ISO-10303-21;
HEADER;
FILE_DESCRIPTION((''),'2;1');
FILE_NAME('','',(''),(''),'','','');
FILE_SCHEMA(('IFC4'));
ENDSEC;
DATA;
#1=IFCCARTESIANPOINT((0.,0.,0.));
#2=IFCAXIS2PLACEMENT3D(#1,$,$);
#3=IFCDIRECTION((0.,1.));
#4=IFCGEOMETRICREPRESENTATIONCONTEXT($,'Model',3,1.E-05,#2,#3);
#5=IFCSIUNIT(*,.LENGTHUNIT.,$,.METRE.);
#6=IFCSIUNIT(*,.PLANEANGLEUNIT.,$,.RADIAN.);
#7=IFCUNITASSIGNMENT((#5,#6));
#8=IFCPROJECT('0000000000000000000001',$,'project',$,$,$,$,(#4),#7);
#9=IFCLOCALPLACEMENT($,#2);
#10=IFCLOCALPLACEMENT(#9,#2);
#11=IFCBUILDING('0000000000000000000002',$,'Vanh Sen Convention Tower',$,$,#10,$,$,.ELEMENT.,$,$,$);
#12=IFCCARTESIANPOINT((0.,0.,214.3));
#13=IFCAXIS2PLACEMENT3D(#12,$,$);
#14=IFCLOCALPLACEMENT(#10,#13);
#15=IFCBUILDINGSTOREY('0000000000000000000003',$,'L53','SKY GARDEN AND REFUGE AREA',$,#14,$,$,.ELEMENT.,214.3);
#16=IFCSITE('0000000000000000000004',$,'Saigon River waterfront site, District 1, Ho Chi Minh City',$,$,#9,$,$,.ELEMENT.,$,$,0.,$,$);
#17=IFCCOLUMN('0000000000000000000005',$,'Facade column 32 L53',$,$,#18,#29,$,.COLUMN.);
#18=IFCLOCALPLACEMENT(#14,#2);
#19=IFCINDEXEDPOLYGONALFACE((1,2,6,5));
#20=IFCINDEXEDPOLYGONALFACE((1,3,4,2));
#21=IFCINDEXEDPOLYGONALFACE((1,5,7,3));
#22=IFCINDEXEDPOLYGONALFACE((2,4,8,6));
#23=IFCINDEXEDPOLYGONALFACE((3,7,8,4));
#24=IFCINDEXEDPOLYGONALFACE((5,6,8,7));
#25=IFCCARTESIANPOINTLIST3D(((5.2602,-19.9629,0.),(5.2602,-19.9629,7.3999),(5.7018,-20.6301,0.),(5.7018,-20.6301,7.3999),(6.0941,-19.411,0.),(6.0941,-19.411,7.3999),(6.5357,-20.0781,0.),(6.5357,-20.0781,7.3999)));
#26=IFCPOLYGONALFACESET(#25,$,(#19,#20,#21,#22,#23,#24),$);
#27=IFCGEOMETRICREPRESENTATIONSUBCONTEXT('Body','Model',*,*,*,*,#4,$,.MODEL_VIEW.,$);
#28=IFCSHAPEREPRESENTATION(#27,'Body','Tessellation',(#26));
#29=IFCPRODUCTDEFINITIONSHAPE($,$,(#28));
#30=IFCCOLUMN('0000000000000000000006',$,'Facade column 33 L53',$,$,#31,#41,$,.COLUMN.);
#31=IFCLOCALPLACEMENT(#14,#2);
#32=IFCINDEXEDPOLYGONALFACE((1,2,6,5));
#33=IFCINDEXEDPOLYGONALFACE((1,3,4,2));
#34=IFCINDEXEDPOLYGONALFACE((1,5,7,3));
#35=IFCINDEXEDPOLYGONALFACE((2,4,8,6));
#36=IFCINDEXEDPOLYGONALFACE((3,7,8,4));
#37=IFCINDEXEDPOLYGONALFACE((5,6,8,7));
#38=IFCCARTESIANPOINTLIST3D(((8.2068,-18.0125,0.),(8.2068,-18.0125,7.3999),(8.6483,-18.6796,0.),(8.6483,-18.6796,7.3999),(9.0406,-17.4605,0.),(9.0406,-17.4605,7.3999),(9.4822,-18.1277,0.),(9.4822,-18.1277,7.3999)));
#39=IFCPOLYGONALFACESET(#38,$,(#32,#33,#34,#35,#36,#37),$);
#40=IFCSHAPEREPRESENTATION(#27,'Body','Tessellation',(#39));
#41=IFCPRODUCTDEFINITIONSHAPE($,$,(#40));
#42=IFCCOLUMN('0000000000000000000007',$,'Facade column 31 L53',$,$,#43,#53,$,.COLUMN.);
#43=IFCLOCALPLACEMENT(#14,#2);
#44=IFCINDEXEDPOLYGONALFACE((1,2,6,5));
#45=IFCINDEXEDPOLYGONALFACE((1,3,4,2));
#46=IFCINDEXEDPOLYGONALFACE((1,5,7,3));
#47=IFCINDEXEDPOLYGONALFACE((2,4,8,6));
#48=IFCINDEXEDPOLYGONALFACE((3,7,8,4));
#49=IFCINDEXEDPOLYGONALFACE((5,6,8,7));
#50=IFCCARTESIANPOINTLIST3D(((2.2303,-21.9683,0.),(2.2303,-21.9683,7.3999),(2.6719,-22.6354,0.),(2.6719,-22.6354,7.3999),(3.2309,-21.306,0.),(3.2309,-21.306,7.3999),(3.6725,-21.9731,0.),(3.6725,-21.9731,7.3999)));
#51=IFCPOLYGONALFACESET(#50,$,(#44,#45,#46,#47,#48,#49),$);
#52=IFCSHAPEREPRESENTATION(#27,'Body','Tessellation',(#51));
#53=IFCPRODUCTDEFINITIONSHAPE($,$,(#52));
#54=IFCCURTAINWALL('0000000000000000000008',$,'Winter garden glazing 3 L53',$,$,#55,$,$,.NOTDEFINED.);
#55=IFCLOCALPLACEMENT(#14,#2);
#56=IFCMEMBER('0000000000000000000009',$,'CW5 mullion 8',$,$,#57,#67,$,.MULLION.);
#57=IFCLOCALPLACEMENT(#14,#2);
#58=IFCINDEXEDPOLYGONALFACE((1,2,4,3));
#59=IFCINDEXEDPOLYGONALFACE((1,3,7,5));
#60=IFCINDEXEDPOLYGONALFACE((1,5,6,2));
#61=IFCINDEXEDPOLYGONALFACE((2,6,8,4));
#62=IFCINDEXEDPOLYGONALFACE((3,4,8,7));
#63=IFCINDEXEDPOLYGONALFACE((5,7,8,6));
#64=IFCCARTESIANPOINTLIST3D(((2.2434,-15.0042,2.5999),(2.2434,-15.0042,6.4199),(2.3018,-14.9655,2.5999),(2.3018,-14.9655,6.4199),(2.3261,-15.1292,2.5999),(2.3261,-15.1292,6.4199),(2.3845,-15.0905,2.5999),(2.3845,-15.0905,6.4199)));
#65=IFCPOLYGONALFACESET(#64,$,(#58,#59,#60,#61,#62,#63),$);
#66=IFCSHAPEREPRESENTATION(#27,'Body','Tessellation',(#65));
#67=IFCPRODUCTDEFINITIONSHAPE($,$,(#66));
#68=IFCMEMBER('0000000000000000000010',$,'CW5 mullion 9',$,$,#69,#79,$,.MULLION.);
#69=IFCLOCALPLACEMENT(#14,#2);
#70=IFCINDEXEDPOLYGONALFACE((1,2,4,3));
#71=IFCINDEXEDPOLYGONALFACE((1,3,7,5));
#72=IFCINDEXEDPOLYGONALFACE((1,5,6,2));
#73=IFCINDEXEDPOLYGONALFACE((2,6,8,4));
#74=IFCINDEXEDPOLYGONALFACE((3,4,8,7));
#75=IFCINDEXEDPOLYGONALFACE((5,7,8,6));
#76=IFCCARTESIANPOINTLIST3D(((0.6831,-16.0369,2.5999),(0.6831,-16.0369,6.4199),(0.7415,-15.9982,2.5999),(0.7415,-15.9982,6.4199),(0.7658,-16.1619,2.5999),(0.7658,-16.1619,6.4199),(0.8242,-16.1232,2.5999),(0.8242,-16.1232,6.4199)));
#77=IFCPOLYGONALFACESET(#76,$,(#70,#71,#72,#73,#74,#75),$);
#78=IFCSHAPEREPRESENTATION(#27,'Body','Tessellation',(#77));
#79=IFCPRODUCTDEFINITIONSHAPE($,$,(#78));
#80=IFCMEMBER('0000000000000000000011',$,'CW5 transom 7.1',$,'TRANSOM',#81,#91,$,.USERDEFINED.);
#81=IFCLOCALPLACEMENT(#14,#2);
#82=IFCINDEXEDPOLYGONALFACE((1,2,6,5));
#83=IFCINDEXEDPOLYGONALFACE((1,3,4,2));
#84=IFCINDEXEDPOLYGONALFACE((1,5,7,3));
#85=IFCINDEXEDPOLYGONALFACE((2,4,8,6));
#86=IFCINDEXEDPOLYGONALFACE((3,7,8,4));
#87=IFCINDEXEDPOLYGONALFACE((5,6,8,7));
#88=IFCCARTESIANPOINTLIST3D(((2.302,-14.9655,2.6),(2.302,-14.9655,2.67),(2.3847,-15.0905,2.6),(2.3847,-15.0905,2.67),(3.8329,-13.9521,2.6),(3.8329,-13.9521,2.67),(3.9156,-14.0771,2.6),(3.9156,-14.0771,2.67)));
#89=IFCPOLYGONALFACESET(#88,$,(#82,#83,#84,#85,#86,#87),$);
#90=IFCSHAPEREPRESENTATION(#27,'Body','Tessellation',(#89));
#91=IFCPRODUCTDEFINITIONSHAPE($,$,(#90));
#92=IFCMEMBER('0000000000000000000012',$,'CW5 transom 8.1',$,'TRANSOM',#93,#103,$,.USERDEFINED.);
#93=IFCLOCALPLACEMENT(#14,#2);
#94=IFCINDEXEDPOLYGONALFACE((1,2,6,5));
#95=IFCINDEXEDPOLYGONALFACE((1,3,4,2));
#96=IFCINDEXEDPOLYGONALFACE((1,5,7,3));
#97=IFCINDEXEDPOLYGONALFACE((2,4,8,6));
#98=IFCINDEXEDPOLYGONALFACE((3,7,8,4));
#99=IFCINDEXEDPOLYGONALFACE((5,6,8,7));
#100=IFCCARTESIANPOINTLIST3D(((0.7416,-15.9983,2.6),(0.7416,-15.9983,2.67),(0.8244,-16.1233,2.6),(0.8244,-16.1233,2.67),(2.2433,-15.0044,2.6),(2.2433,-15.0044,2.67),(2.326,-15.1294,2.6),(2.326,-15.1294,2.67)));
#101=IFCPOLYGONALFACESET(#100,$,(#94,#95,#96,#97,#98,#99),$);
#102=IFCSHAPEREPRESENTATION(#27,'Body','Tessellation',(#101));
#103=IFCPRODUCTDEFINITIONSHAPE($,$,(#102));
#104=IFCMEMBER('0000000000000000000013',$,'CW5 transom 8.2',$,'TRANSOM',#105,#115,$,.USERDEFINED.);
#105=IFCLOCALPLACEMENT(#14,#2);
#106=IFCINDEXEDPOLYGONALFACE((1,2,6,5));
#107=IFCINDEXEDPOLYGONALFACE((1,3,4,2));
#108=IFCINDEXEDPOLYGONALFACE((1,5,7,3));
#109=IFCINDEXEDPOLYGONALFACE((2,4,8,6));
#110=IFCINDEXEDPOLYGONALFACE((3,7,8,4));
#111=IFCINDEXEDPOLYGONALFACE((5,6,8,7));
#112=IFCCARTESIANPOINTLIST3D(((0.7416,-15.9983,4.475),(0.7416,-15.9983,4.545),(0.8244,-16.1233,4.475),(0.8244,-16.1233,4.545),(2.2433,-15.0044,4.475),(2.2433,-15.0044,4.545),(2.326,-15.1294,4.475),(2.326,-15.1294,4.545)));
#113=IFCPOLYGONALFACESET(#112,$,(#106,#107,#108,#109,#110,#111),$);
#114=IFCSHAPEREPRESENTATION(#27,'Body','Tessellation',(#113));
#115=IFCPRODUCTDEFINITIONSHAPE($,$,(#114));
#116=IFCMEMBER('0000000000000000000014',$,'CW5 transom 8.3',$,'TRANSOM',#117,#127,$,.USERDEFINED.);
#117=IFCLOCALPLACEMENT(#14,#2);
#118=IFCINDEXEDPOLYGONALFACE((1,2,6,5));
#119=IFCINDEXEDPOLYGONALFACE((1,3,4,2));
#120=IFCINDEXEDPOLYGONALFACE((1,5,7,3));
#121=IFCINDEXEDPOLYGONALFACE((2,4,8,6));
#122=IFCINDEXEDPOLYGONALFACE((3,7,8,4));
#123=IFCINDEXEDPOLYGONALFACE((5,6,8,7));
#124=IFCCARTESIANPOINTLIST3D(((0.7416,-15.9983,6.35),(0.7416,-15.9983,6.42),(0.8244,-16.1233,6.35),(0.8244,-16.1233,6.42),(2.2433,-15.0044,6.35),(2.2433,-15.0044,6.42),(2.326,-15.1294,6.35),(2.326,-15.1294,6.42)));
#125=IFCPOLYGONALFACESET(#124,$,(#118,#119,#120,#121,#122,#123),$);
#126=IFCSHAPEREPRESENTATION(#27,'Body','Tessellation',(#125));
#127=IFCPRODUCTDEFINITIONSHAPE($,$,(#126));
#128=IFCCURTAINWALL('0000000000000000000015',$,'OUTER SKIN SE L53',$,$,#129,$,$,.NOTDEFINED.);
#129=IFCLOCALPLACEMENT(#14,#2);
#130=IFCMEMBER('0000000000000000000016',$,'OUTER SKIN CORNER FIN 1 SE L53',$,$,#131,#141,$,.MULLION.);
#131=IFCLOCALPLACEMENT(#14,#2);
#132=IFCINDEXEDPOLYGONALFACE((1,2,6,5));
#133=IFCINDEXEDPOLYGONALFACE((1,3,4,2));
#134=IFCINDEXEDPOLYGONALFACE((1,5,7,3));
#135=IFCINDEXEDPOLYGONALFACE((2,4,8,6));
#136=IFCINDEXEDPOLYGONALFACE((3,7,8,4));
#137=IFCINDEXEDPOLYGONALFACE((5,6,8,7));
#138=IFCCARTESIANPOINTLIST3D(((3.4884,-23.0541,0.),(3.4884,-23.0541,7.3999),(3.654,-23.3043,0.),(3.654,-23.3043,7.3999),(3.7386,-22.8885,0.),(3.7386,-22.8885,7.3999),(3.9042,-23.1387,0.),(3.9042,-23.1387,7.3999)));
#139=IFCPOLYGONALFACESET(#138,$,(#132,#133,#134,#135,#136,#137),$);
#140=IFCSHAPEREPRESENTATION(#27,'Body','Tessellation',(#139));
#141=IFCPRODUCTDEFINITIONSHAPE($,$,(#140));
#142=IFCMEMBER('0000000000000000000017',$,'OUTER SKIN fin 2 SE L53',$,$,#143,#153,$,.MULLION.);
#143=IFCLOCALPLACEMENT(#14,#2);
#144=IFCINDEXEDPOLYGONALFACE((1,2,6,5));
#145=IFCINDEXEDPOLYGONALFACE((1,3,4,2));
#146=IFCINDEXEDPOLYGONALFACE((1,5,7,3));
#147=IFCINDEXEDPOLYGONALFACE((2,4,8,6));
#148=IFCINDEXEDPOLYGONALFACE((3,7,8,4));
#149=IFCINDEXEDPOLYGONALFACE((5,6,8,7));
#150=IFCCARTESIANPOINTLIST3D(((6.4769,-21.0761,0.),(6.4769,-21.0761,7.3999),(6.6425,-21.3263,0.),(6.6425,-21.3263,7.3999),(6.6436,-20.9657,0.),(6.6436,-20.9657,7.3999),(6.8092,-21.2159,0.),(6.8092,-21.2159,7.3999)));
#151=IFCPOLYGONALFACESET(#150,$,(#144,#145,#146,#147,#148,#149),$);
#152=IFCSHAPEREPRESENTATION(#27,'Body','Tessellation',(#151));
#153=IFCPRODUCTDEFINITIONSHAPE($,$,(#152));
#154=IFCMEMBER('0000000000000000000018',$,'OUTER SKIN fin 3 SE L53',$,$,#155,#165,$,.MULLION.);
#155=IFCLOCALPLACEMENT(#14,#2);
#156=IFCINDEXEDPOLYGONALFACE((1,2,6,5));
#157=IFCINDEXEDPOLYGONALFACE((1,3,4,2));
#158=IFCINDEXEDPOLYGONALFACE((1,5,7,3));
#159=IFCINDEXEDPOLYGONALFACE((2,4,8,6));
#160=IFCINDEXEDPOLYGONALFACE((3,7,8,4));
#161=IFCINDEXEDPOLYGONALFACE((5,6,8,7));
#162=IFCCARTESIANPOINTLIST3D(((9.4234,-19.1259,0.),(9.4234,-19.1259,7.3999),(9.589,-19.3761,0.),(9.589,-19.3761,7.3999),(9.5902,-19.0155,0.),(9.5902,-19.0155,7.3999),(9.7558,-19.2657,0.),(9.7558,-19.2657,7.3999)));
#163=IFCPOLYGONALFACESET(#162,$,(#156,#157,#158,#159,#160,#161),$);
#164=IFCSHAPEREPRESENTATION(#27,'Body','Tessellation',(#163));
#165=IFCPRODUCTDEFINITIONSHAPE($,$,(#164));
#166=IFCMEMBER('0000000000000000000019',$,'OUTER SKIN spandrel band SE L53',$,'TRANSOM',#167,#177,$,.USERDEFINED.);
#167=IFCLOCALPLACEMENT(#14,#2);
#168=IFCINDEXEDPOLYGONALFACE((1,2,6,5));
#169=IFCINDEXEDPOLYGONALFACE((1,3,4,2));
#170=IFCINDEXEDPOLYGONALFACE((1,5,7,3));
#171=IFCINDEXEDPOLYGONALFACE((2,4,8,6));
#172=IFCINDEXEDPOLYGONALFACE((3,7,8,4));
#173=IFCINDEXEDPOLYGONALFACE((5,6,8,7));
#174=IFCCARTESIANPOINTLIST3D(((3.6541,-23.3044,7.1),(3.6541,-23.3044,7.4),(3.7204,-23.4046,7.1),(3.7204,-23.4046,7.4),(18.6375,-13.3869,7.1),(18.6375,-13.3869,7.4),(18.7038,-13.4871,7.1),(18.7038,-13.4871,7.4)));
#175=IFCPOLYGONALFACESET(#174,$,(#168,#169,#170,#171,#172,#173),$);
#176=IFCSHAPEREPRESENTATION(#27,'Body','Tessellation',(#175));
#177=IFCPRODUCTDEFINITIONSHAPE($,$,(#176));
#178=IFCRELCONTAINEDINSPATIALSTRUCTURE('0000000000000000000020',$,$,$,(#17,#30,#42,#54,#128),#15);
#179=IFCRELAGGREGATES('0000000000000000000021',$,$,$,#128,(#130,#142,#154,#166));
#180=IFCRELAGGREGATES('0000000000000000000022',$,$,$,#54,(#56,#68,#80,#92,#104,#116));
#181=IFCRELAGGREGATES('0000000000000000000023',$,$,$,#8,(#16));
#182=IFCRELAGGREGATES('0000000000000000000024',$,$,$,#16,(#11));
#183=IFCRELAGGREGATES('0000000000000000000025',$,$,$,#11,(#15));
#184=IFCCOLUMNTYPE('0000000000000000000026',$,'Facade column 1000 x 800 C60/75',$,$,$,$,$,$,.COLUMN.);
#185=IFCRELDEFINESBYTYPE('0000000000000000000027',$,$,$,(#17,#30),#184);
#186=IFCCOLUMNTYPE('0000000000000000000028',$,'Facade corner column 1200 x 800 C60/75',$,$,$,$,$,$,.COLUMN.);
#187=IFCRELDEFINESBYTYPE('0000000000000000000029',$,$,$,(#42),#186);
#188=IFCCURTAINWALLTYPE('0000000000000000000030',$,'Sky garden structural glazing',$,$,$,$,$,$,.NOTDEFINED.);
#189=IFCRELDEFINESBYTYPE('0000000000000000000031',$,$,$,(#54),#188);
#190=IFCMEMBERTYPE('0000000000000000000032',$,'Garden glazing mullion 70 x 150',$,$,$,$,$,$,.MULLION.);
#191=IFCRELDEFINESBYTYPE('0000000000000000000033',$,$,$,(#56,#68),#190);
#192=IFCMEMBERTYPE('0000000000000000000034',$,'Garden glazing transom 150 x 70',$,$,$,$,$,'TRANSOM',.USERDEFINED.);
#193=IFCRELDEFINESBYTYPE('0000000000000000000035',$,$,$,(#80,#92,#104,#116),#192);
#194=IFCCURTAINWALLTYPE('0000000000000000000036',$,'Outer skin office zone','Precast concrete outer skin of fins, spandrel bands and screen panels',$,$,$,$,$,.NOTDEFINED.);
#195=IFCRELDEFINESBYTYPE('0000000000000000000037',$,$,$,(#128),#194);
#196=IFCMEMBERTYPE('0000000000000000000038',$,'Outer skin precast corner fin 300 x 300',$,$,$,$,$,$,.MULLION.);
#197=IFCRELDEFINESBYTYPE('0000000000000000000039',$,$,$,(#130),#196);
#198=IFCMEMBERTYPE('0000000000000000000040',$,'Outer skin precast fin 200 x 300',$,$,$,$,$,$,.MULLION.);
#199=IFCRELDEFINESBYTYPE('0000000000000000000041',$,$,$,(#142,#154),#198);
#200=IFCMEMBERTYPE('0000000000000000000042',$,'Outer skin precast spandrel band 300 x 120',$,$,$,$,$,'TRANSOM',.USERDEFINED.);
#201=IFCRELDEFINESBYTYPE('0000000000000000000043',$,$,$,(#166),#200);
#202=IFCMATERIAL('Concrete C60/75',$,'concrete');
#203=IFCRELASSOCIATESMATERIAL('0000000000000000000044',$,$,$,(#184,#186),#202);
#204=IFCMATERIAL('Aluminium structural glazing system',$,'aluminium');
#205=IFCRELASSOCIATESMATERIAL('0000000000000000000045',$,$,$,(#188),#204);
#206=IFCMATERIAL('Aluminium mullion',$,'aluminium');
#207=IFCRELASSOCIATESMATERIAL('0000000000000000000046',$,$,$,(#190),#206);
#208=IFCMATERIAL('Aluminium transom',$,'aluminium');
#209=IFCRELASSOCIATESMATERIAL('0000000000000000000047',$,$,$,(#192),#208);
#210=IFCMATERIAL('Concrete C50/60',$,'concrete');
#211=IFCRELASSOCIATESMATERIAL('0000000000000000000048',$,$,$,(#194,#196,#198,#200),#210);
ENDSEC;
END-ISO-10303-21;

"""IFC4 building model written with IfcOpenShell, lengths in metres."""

from ifc_helpers import new_model, si_unit, direction, frame, origin, origin_2d, place, context, subcontext, project, spatial, rectangle, extrude, material, material_profile, profile_set, type_object, element, aggregate, save


model = new_model("IFC4")

# Units and contexts
model_context = context("Model", 3, precision=1e-05, world=origin(), true_north=direction((0.0, 1.0)))
body_context = subcontext(model_context, "Body", "Model", "MODEL_VIEW")
ifc_project = project(units=[si_unit("LENGTHUNIT", "METRE"), si_unit("PLANEANGLEUNIT", "RADIAN")], contexts=[model_context])

# Site, building, storey
site_placement = place(None, origin())
site = spatial("IfcSite", under=ifc_project, at=site_placement, Name="Saigon River waterfront site, District 1, Ho Chi Minh City", CompositionType="ELEMENT", RefElevation=0.0)
building_placement = place(site_placement, origin())
building = spatial("IfcBuilding", under=site, at=building_placement, Name="Vanh Sen Convention Tower", CompositionType="ELEMENT")
storey_placement = place(building_placement, frame((0.0, 0.0, 214.3)))
storey = spatial("IfcBuildingStorey", under=building, at=storey_placement, Name="L53", Description="SKY GARDEN AND REFUGE AREA", CompositionType="ELEMENT", Elevation=214.3)

# Columns
ifc_material_1 = material(Name="Concrete C60/75", Category="concrete")
ifc_material_profile_1 = material_profile(ifc_material_1, rectangle(XDim=1.0, YDim=0.8, at=origin_2d()), Name="RC 1000X800")
ifc_profile_set_1 = profile_set([ifc_material_profile_1], Name="Concrete C60/75")
column_type_1 = type_object("IfcColumnType", Name="Facade column 1000 x 800 C60/75", PredefinedType="COLUMN", material=ifc_profile_set_1)
for number, where, z_axis, x_axis, name in (
    (1, (5.8979, -20.0205, 0.0), (0.0, 0.0, 1.0), (0.833886, 0.551937, 0.0), "Facade column 32 L53"),
    (2, (8.8445, -18.0701, 0.0), (0.0, 0.0, 1.0), (0.833886, 0.551937, 0.0), "Facade column 33 L53"),
):
    element("IfcColumn", number, at=place(storey_placement, frame(where, z_axis=z_axis, x_axis=x_axis)), inside=storey, type_object=column_type_1, Name=name, PredefinedType="COLUMN", context=body_context, shape_type="SweptSolid", body=[
        extrude(rectangle(XDim=1.0, YDim=0.8, at=origin_2d()), origin(), (0.0, 0.0, 1.0), 7.3999),
    ])
ifc_material_profile_2 = material_profile(ifc_material_1, rectangle(XDim=1.2, YDim=0.8, at=origin_2d()), Name="RC 1200X800")
ifc_profile_set_2 = profile_set([ifc_material_profile_2], Name="Concrete C60/75")
column_type_2 = type_object("IfcColumnType", Name="Facade corner column 1200 x 800 C60/75", PredefinedType="COLUMN", material=ifc_profile_set_2)
column_placement = place(storey_placement, frame((2.9514, -21.9707, 0.0), z_axis=(0.0, 0.0, 1.0), x_axis=(0.833886, 0.551937, 0.0)))
element("IfcColumn", 3, at=column_placement, inside=storey, type_object=column_type_2, Name="Facade column 31 L53", PredefinedType="COLUMN", context=body_context, shape_type="SweptSolid", body=[
    extrude(rectangle(XDim=1.2, YDim=0.8, at=origin_2d()), origin(), (0.0, 0.0, 1.0), 7.3999),
])

# Curtain walls, members
ifc_material_2 = material(Name="Aluminium structural glazing system", Category="aluminium")
curtain_wall_type_1 = type_object("IfcCurtainWallType", Name="Sky garden structural glazing", PredefinedType="NOTDEFINED", material=ifc_material_2)
curtain_wall_1_placement = place(storey_placement, origin())
curtain_wall_1 = element("IfcCurtainWall", 4, at=curtain_wall_1_placement, inside=storey, type_object=curtain_wall_type_1, Name="Winter garden glazing 3 L53", PredefinedType="NOTDEFINED")
ifc_material_3 = material(Name="Aluminium mullion", Category="aluminium")
ifc_material_profile_3 = material_profile(ifc_material_3, rectangle(XDim=0.1499, YDim=0.0701, at=origin_2d()), Name="Garden glazing mullion 70 x 150")
ifc_profile_set_3 = profile_set([ifc_material_profile_3], Name="Aluminium mullion")
member_type_1 = type_object("IfcMemberType", Name="Garden glazing mullion 70 x 150", PredefinedType="MULLION", material=ifc_profile_set_3)
member_1_placement = place(storey_placement, frame((2.314, -15.0474, 2.5999), z_axis=(0.0, 0.0, 1.0), x_axis=(0.551932, -0.833889, 0.0)))
member_1 = element("IfcMember", 5, at=member_1_placement, type_object=member_type_1, Name="CW5 mullion 8", PredefinedType="MULLION", context=body_context, shape_type="SweptSolid", body=[
    extrude(rectangle(XDim=0.1499, YDim=0.0701, at=origin_2d()), origin(), (0.0, 0.0, 1.0), 3.8201),
])
member_2_placement = place(storey_placement, frame((0.7537, -16.0801, 2.5999), z_axis=(0.0, 0.0, 1.0), x_axis=(0.551932, -0.833889, 0.0)))
member_2 = element("IfcMember", 6, at=member_2_placement, type_object=member_type_1, Name="CW5 mullion 9", PredefinedType="MULLION", context=body_context, shape_type="SweptSolid", body=[
    extrude(rectangle(XDim=0.1499, YDim=0.0701, at=origin_2d()), origin(), (0.0, 0.0, 1.0), 3.8201),
])
ifc_material_4 = material(Name="Aluminium transom", Category="aluminium")
ifc_material_profile_4 = material_profile(ifc_material_4, rectangle(XDim=0.1499, YDim=0.0701, at=origin_2d()), Name="Garden glazing transom 150 x 70")
ifc_profile_set_4 = profile_set([ifc_material_profile_4], Name="Aluminium transom")
member_type_2 = type_object("IfcMemberType", Name="Garden glazing transom 150 x 70", ElementType="TRANSOM", PredefinedType="USERDEFINED", material=ifc_profile_set_4)
member_3_placement = place(storey_placement, frame((3.8743, -14.0146, 2.635), z_axis=(-0.833867, -0.551966, 0.0), x_axis=(0.551966, -0.833867, 0.0)))
member_3 = element("IfcMember", 7, at=member_3_placement, type_object=member_type_2, Name="CW5 transom 7.1", ObjectType="TRANSOM", PredefinedType="USERDEFINED", context=body_context, shape_type="SweptSolid", body=[
    extrude(rectangle(XDim=0.1499, YDim=0.0701, at=origin_2d()), origin(), (0.0, 0.0, 1.0), 1.8359),
])
member_4_placement = place(storey_placement, frame((2.2847, -15.0669, 2.635), z_axis=(-0.833902, -0.551913, 0.0), x_axis=(0.551913, -0.833902, 0.0)))
member_4 = element("IfcMember", 8, at=member_4_placement, type_object=member_type_2, Name="CW5 transom 8.1", ObjectType="TRANSOM", PredefinedType="USERDEFINED", context=body_context, shape_type="SweptSolid", body=[
    extrude(rectangle(XDim=0.1499, YDim=0.0701, at=origin_2d()), origin(), (0.0, 0.0, 1.0), 1.8008),
])
member_5_placement = place(storey_placement, frame((2.2847, -15.0669, 4.51), z_axis=(-0.833902, -0.551913, 0.0), x_axis=(0.551913, -0.833902, 0.0)))
member_5 = element("IfcMember", 9, at=member_5_placement, type_object=member_type_2, Name="CW5 transom 8.2", ObjectType="TRANSOM", PredefinedType="USERDEFINED", context=body_context, shape_type="SweptSolid", body=[
    extrude(rectangle(XDim=0.1499, YDim=0.0701, at=origin_2d()), origin(), (0.0, 0.0, 1.0), 1.8008),
])
member_6_placement = place(storey_placement, frame((2.2847, -15.0669, 6.385), z_axis=(-0.833902, -0.551913, 0.0), x_axis=(0.551913, -0.833902, 0.0)))
member_6 = element("IfcMember", 10, at=member_6_placement, type_object=member_type_2, Name="CW5 transom 8.3", ObjectType="TRANSOM", PredefinedType="USERDEFINED", context=body_context, shape_type="SweptSolid", body=[
    extrude(rectangle(XDim=0.1499, YDim=0.0701, at=origin_2d()), origin(), (0.0, 0.0, 1.0), 1.8008),
])
ifc_material_5 = material(Name="Concrete C50/60", Category="concrete")
curtain_wall_type_2 = type_object("IfcCurtainWallType", Name="Outer skin office zone", Description="Precast concrete outer skin of fins, spandrel bands and screen panels", PredefinedType="NOTDEFINED", material=ifc_material_5)
curtain_wall_2_placement = place(storey_placement, origin())
curtain_wall_2 = element("IfcCurtainWall", 11, at=curtain_wall_2_placement, inside=storey, type_object=curtain_wall_type_2, Name="OUTER SKIN SE L53", PredefinedType="NOTDEFINED")
ifc_material_profile_5 = material_profile(ifc_material_5, rectangle(XDim=0.3, YDim=0.3, at=origin_2d()), Name="Outer skin precast corner fin 300 x 300")
ifc_profile_set_5 = profile_set([ifc_material_profile_5], Name="Concrete C50/60")
member_type_3 = type_object("IfcMemberType", Name="Outer skin precast corner fin 300 x 300", PredefinedType="MULLION", material=ifc_profile_set_5)
member_7_placement = place(storey_placement, frame((3.6963, -23.0964, 0.0), z_axis=(0.0, 0.0, 1.0), x_axis=(0.833886, 0.551937, 0.0)))
member_7 = element("IfcMember", 12, at=member_7_placement, type_object=member_type_3, Name="OUTER SKIN CORNER FIN 1 SE L53", PredefinedType="MULLION", context=body_context, shape_type="SweptSolid", body=[
    extrude(rectangle(XDim=0.3, YDim=0.3, at=origin_2d()), origin(), (0.0, 0.0, 1.0), 7.3999),
])
ifc_material_profile_6 = material_profile(ifc_material_5, rectangle(XDim=0.2, YDim=0.3, at=origin_2d()), Name="Outer skin precast fin 200 x 300")
ifc_profile_set_6 = profile_set([ifc_material_profile_6], Name="Concrete C50/60")
member_type_4 = type_object("IfcMemberType", Name="Outer skin precast fin 200 x 300", PredefinedType="MULLION", material=ifc_profile_set_6)
member_8_placement = place(storey_placement, frame((6.6431, -21.146, 0.0), z_axis=(0.0, 0.0, 1.0), x_axis=(0.833886, 0.551937, 0.0)))
member_8 = element("IfcMember", 13, at=member_8_placement, type_object=member_type_4, Name="OUTER SKIN fin 2 SE L53", PredefinedType="MULLION", context=body_context, shape_type="SweptSolid", body=[
    extrude(rectangle(XDim=0.2, YDim=0.3, at=origin_2d()), origin(), (0.0, 0.0, 1.0), 7.3999),
])
member_9_placement = place(storey_placement, frame((9.5896, -19.1958, 0.0), z_axis=(0.0, 0.0, 1.0), x_axis=(0.833886, 0.551937, 0.0)))
member_9 = element("IfcMember", 14, at=member_9_placement, type_object=member_type_4, Name="OUTER SKIN fin 3 SE L53", PredefinedType="MULLION", context=body_context, shape_type="SweptSolid", body=[
    extrude(rectangle(XDim=0.2, YDim=0.3, at=origin_2d()), origin(), (0.0, 0.0, 1.0), 7.3999),
])
ifc_material_profile_7 = material_profile(ifc_material_5, rectangle(XDim=0.1201, YDim=0.3, at=origin_2d()), Name="Outer skin precast spandrel band 300 x 120")
ifc_profile_set_7 = profile_set([ifc_material_profile_7], Name="Concrete C50/60")
member_type_5 = type_object("IfcMemberType", Name="Outer skin precast spandrel band 300 x 120", ElementType="TRANSOM", PredefinedType="USERDEFINED", material=ifc_profile_set_7)
member_10_placement = place(storey_placement, frame((3.6873, -23.3545, 7.25), z_axis=(0.833881, 0.551944, 0.0), x_axis=(-0.551944, 0.833881, 0.0)))
member_10 = element("IfcMember", 15, at=member_10_placement, type_object=member_type_5, Name="OUTER SKIN spandrel band SE L53", ObjectType="TRANSOM", PredefinedType="USERDEFINED", context=body_context, shape_type="SweptSolid", body=[
    extrude(rectangle(XDim=0.1201, YDim=0.3, at=origin_2d()), origin(), (0.0, 0.0, 1.0), 17.9683),
])
aggregate(curtain_wall_2, [member_7, member_8, member_9, member_10])

aggregate(curtain_wall_1, [member_1, member_2, member_3, member_4, member_5, member_6])

save(model, "model.ifc")
